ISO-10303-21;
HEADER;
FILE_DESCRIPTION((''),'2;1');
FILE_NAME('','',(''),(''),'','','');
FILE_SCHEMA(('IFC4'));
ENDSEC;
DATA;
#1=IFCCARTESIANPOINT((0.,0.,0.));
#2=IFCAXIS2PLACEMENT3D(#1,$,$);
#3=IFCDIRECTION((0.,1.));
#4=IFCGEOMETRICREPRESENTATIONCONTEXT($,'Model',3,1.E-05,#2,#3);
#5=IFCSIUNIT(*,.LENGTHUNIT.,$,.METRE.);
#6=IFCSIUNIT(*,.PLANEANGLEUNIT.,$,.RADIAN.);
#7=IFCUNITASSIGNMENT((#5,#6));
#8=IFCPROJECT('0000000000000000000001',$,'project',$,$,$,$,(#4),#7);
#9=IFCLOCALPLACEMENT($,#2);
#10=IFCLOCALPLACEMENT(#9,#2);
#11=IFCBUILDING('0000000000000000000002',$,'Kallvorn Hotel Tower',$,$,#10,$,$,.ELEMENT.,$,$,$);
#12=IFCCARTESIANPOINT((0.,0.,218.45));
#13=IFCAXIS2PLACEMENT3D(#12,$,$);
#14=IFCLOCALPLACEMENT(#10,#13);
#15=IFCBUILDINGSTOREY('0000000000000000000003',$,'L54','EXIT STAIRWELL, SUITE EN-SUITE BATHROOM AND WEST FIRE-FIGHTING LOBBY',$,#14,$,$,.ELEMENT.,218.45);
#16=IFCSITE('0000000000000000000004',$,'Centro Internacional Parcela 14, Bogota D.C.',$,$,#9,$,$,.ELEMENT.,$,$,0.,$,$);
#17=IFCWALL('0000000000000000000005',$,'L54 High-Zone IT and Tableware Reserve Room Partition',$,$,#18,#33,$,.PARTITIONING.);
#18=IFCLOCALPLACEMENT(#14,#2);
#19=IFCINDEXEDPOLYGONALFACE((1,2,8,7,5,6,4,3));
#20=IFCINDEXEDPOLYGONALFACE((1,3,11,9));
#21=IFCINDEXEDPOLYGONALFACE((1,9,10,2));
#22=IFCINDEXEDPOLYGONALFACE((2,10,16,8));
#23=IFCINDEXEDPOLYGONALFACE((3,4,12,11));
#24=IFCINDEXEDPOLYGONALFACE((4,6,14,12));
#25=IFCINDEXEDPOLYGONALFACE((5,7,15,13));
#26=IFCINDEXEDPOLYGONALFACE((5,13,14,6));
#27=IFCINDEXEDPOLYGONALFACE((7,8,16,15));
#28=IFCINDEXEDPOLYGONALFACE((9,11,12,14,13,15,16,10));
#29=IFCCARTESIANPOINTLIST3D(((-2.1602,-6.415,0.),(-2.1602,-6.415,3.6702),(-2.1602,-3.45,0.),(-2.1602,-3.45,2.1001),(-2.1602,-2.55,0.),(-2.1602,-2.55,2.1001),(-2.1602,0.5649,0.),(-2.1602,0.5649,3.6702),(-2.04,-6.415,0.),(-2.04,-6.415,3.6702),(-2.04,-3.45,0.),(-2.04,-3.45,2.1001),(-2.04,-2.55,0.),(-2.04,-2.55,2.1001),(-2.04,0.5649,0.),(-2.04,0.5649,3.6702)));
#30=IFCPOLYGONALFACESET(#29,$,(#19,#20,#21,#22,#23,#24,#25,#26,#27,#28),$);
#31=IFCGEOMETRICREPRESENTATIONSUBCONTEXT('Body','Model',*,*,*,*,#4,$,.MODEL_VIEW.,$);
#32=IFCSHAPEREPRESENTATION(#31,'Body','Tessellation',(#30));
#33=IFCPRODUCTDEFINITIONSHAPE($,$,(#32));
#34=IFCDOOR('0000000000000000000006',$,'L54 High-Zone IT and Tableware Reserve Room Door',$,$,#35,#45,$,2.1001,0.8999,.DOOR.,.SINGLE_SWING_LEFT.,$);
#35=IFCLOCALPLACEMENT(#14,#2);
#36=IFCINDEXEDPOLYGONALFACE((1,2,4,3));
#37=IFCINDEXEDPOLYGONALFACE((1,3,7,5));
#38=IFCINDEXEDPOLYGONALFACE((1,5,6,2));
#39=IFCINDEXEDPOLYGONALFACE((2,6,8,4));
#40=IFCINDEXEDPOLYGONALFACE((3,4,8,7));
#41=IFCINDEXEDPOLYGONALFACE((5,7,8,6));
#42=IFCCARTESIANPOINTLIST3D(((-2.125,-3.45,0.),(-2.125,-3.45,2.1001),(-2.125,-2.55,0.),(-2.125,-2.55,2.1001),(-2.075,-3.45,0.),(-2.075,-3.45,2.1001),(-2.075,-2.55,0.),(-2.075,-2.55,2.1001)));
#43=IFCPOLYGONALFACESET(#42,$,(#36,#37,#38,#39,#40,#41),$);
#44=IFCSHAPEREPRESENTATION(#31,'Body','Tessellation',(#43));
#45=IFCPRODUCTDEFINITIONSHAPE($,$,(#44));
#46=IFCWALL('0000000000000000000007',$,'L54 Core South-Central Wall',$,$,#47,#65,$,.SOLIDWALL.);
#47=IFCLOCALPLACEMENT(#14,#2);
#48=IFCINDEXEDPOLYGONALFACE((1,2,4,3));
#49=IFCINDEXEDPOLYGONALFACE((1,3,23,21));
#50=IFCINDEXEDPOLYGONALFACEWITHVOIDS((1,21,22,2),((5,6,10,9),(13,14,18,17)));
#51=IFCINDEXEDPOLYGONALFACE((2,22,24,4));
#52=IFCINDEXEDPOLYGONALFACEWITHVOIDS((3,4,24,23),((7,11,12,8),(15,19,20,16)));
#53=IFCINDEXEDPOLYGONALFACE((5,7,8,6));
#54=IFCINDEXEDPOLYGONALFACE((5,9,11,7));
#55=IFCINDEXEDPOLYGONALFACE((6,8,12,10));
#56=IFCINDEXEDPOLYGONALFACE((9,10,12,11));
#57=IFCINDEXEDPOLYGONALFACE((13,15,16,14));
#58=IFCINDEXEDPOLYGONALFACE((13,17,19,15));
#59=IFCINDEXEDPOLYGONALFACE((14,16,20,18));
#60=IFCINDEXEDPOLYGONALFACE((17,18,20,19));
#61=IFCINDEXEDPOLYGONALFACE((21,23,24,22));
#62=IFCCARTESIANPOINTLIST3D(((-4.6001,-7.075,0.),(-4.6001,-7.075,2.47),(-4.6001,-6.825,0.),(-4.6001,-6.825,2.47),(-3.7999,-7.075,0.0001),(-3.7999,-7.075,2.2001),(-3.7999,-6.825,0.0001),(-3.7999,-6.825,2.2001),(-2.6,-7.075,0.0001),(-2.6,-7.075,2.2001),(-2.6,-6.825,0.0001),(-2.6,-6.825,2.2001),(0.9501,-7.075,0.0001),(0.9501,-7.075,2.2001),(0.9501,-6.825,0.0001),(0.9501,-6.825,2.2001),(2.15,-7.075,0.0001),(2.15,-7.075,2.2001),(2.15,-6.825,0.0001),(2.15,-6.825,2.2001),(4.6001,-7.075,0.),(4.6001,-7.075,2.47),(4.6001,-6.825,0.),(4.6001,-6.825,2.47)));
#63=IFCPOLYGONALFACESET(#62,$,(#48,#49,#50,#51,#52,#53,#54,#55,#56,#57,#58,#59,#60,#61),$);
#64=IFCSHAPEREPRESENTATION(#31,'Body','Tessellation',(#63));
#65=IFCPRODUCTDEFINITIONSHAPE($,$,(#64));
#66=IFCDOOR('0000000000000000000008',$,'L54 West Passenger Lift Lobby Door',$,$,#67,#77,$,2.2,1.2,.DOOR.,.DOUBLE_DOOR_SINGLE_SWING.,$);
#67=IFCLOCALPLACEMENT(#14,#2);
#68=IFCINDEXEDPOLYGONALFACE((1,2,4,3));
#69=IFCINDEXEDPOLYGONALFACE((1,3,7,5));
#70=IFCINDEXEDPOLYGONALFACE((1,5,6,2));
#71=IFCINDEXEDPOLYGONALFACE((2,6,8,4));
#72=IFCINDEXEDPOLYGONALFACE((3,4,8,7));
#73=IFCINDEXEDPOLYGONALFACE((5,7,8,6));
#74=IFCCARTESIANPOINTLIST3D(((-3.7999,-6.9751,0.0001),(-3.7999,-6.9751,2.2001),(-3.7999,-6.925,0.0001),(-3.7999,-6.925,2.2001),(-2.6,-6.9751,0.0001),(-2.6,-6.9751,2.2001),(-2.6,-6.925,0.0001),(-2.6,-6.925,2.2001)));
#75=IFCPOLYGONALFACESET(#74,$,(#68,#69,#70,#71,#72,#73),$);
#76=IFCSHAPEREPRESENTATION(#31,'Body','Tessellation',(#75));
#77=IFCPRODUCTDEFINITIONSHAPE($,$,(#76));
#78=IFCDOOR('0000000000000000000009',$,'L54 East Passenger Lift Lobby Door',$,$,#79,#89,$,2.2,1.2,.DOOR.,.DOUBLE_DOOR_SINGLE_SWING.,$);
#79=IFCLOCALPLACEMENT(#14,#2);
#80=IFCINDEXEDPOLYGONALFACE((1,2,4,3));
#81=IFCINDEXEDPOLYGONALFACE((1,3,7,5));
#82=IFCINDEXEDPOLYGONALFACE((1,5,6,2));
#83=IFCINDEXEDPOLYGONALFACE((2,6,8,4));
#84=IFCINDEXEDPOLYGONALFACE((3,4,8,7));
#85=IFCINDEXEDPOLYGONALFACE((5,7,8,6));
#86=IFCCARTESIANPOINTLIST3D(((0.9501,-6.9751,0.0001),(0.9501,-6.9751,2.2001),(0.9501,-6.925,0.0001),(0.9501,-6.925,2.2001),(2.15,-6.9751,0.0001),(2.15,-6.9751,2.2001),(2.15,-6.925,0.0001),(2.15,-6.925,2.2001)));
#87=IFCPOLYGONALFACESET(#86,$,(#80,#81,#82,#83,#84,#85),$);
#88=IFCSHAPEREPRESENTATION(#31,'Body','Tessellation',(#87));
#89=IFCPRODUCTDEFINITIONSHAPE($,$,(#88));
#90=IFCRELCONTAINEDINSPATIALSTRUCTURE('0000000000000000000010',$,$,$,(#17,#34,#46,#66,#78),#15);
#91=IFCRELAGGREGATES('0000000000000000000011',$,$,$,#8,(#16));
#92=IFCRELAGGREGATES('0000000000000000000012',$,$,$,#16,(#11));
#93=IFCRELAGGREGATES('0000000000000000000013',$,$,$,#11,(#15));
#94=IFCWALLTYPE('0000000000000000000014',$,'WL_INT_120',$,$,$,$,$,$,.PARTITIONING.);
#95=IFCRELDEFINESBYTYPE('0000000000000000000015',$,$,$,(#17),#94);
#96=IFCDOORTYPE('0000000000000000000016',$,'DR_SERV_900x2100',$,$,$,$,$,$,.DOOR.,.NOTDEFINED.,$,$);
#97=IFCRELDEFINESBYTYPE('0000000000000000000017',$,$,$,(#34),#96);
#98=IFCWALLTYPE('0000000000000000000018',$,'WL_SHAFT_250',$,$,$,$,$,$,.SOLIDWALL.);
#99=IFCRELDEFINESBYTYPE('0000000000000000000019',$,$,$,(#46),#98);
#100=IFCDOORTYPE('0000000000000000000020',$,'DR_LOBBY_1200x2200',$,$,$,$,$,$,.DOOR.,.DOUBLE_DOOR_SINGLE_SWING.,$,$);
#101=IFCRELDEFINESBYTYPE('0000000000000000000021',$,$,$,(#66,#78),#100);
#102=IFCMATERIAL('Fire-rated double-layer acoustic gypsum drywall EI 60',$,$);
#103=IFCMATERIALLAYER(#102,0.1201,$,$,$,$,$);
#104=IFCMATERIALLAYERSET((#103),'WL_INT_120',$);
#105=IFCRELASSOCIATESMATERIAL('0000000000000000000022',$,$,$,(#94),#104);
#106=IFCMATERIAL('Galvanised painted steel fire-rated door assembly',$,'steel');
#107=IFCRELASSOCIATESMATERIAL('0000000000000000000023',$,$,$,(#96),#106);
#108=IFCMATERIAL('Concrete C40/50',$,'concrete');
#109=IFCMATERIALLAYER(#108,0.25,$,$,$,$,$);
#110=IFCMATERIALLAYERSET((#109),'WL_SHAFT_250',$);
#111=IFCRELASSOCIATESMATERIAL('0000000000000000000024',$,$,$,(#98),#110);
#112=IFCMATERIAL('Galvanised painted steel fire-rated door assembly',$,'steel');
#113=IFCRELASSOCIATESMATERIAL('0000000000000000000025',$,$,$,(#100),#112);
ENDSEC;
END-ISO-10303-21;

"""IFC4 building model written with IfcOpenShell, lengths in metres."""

from ifc_helpers import new_model, si_unit, direction, frame, frame_2d, origin, place, context, subcontext, project, spatial, rectangle, extrude, material, layer, layer_set, type_object, element, fill, save


model = new_model("IFC4")

# Units and contexts
model_context = context("Model", 3, precision=1e-05, world=origin(), true_north=direction((0.0, 1.0)))
body_context = subcontext(model_context, "Body", "Model", "MODEL_VIEW")
ifc_project = project(units=[si_unit("LENGTHUNIT", "METRE"), si_unit("PLANEANGLEUNIT", "RADIAN")], contexts=[model_context])

# Site, building, storey
site_placement = place(None, origin())
site = spatial("IfcSite", under=ifc_project, at=site_placement, Name="Centro Internacional Parcela 14, Bogota D.C.", CompositionType="ELEMENT", RefElevation=0.0)
building_placement = place(site_placement, origin())
building = spatial("IfcBuilding", under=site, at=building_placement, Name="Kallvorn Hotel Tower", CompositionType="ELEMENT")
storey_placement = place(building_placement, frame((0.0, 0.0, 218.45)))
storey = spatial("IfcBuildingStorey", under=building, at=storey_placement, Name="L54", Description="EXIT STAIRWELL, SUITE EN-SUITE BATHROOM AND WEST FIRE-FIGHTING LOBBY", CompositionType="ELEMENT", Elevation=218.45)

# Shared definitions
ifc_material_1 = material(Name="Fire-rated double-layer acoustic gypsum drywall EI 60")
ifc_layer_1 = layer(ifc_material_1, 0.1201)
ifc_layer_set_1 = layer_set([ifc_layer_1], Name="WL_INT_120")
wall_type_1 = type_object("IfcWallType", Name="WL_INT_120", PredefinedType="PARTITIONING", material=ifc_layer_set_1)

# Shared definitions
ifc_material_2 = material(Name="Galvanised painted steel fire-rated door assembly", Category="steel")
door_type_1 = type_object("IfcDoorType", Name="DR_SERV_900x2100", OperationType="NOTDEFINED", PredefinedType="DOOR", material=ifc_material_2)

# Wall, opening, door
wall_1_placement = place(storey_placement, frame((-2.1001, -6.415, 0.0), z_axis=(0.0, 0.0, 1.0), x_axis=(0.0, 1.0, 0.0)))
wall_1 = element("IfcWall", 1, at=wall_1_placement, inside=storey, type_object=wall_type_1, Name="L54 High-Zone IT and Tableware Reserve Room Partition", PredefinedType="PARTITIONING", context=body_context, shape_type="SweptSolid", body=[
    extrude(rectangle(XDim=6.98, YDim=0.1201, at=frame_2d((3.49, 0.0))), origin(), (0.0, 0.0, 1.0), 3.6702),
])
opening_1_placement = place(wall_1_placement, frame((2.9651, 0.0, 0.0)))
opening_1 = element("IfcOpeningElement", 2, at=opening_1_placement, cuts=wall_1, PredefinedType="OPENING", context=body_context, shape_type="SweptSolid", body=[
    extrude(rectangle(XDim=0.8999, YDim=2.1001, at=frame_2d((0.45, 1.05))), frame((0.0, 0.075, 0.0), z_axis=(0.0, -1.0, 0.0), x_axis=(1.0, 0.0, 0.0)), (0.0, 0.0, 1.0), 0.1501),
])
door_1_placement = place(opening_1_placement, origin())
door_1 = element("IfcDoor", 3, at=door_1_placement, inside=storey, type_object=door_type_1, Name="L54 High-Zone IT and Tableware Reserve Room Door", OperationType="SINGLE_SWING_LEFT", OverallHeight=2.1001, OverallWidth=0.8999, PredefinedType="DOOR", context=body_context, shape_type="SweptSolid", body=[
    extrude(rectangle(XDim=0.8999, YDim=2.1001, at=frame_2d((0.45, 1.05))), frame((0.0, 0.0249, 0.0), z_axis=(0.0, -1.0, 0.0), x_axis=(1.0, 0.0, 0.0)), (0.0, 0.0, 1.0), 0.05),
])
fill(opening_1, door_1)

# Wall, openings, doors
ifc_material_3 = material(Name="Concrete C40/50", Category="concrete")
ifc_layer_2 = layer(ifc_material_3, 0.25)
ifc_layer_set_2 = layer_set([ifc_layer_2], Name="WL_SHAFT_250")
wall_type_2 = type_object("IfcWallType", Name="WL_SHAFT_250", PredefinedType="SOLIDWALL", material=ifc_layer_set_2)
wall_2_placement = place(storey_placement, frame((-4.6001, -6.95, 0.0), z_axis=(0.0, 0.0, 1.0), x_axis=(1.0, 0.0, 0.0)))
wall_2 = element("IfcWall", 4, at=wall_2_placement, inside=storey, type_object=wall_type_2, Name="L54 Core South-Central Wall", PredefinedType="SOLIDWALL", context=body_context, shape_type="SweptSolid", body=[
    extrude(rectangle(XDim=9.2002, YDim=0.25, at=frame_2d((4.6001, 0.0))), origin(), (0.0, 0.0, 1.0), 2.47),
])
opening_2_placement = place(wall_2_placement, frame((0.8, 0.0, 0.0)))
opening_2 = element("IfcOpeningElement", 5, at=opening_2_placement, cuts=wall_2, PredefinedType="OPENING", context=body_context, shape_type="SweptSolid", body=[
    extrude(rectangle(XDim=1.2, YDim=2.2, at=frame_2d((0.6001, 1.1001))), frame((0.0, 0.1399, 0.0), z_axis=(0.0, -1.0, 0.0), x_axis=(1.0, 0.0, 0.0)), (0.0, 0.0, 1.0), 0.28),
])
opening_3_placement = place(wall_2_placement, frame((5.55, 0.0, 0.0)))
opening_3 = element("IfcOpeningElement", 6, at=opening_3_placement, cuts=wall_2, PredefinedType="OPENING", context=body_context, shape_type="SweptSolid", body=[
    extrude(rectangle(XDim=1.2, YDim=2.2, at=frame_2d((0.6001, 1.1001))), frame((0.0, 0.1399, 0.0), z_axis=(0.0, -1.0, 0.0), x_axis=(1.0, 0.0, 0.0)), (0.0, 0.0, 1.0), 0.28),
])
ifc_material_4 = material(Name="Galvanised painted steel fire-rated door assembly", Category="steel")
door_type_2 = type_object("IfcDoorType", Name="DR_LOBBY_1200x2200", OperationType="DOUBLE_DOOR_SINGLE_SWING", PredefinedType="DOOR", material=ifc_material_4)
door_2_placement = place(opening_2_placement, origin())
door_2 = element("IfcDoor", 7, at=door_2_placement, inside=storey, type_object=door_type_2, Name="L54 West Passenger Lift Lobby Door", OperationType="DOUBLE_DOOR_SINGLE_SWING", OverallHeight=2.2, OverallWidth=1.2, PredefinedType="DOOR", context=body_context, shape_type="SweptSolid", body=[
    extrude(rectangle(XDim=1.2, YDim=2.2, at=frame_2d((0.6001, 1.1001))), frame((0.0, 0.0249, 0.0), z_axis=(0.0, -1.0, 0.0), x_axis=(1.0, 0.0, 0.0)), (0.0, 0.0, 1.0), 0.05),
])
fill(opening_2, door_2)
door_3_placement = place(opening_3_placement, origin())
door_3 = element("IfcDoor", 8, at=door_3_placement, inside=storey, type_object=door_type_2, Name="L54 East Passenger Lift Lobby Door", OperationType="DOUBLE_DOOR_SINGLE_SWING", OverallHeight=2.2, OverallWidth=1.2, PredefinedType="DOOR", context=body_context, shape_type="SweptSolid", body=[
    extrude(rectangle(XDim=1.2, YDim=2.2, at=frame_2d((0.6001, 1.1001))), frame((0.0, 0.0249, 0.0), z_axis=(0.0, -1.0, 0.0), x_axis=(1.0, 0.0, 0.0)), (0.0, 0.0, 1.0), 0.05),
])
fill(opening_3, door_3)

save(model, "model.ifc")
